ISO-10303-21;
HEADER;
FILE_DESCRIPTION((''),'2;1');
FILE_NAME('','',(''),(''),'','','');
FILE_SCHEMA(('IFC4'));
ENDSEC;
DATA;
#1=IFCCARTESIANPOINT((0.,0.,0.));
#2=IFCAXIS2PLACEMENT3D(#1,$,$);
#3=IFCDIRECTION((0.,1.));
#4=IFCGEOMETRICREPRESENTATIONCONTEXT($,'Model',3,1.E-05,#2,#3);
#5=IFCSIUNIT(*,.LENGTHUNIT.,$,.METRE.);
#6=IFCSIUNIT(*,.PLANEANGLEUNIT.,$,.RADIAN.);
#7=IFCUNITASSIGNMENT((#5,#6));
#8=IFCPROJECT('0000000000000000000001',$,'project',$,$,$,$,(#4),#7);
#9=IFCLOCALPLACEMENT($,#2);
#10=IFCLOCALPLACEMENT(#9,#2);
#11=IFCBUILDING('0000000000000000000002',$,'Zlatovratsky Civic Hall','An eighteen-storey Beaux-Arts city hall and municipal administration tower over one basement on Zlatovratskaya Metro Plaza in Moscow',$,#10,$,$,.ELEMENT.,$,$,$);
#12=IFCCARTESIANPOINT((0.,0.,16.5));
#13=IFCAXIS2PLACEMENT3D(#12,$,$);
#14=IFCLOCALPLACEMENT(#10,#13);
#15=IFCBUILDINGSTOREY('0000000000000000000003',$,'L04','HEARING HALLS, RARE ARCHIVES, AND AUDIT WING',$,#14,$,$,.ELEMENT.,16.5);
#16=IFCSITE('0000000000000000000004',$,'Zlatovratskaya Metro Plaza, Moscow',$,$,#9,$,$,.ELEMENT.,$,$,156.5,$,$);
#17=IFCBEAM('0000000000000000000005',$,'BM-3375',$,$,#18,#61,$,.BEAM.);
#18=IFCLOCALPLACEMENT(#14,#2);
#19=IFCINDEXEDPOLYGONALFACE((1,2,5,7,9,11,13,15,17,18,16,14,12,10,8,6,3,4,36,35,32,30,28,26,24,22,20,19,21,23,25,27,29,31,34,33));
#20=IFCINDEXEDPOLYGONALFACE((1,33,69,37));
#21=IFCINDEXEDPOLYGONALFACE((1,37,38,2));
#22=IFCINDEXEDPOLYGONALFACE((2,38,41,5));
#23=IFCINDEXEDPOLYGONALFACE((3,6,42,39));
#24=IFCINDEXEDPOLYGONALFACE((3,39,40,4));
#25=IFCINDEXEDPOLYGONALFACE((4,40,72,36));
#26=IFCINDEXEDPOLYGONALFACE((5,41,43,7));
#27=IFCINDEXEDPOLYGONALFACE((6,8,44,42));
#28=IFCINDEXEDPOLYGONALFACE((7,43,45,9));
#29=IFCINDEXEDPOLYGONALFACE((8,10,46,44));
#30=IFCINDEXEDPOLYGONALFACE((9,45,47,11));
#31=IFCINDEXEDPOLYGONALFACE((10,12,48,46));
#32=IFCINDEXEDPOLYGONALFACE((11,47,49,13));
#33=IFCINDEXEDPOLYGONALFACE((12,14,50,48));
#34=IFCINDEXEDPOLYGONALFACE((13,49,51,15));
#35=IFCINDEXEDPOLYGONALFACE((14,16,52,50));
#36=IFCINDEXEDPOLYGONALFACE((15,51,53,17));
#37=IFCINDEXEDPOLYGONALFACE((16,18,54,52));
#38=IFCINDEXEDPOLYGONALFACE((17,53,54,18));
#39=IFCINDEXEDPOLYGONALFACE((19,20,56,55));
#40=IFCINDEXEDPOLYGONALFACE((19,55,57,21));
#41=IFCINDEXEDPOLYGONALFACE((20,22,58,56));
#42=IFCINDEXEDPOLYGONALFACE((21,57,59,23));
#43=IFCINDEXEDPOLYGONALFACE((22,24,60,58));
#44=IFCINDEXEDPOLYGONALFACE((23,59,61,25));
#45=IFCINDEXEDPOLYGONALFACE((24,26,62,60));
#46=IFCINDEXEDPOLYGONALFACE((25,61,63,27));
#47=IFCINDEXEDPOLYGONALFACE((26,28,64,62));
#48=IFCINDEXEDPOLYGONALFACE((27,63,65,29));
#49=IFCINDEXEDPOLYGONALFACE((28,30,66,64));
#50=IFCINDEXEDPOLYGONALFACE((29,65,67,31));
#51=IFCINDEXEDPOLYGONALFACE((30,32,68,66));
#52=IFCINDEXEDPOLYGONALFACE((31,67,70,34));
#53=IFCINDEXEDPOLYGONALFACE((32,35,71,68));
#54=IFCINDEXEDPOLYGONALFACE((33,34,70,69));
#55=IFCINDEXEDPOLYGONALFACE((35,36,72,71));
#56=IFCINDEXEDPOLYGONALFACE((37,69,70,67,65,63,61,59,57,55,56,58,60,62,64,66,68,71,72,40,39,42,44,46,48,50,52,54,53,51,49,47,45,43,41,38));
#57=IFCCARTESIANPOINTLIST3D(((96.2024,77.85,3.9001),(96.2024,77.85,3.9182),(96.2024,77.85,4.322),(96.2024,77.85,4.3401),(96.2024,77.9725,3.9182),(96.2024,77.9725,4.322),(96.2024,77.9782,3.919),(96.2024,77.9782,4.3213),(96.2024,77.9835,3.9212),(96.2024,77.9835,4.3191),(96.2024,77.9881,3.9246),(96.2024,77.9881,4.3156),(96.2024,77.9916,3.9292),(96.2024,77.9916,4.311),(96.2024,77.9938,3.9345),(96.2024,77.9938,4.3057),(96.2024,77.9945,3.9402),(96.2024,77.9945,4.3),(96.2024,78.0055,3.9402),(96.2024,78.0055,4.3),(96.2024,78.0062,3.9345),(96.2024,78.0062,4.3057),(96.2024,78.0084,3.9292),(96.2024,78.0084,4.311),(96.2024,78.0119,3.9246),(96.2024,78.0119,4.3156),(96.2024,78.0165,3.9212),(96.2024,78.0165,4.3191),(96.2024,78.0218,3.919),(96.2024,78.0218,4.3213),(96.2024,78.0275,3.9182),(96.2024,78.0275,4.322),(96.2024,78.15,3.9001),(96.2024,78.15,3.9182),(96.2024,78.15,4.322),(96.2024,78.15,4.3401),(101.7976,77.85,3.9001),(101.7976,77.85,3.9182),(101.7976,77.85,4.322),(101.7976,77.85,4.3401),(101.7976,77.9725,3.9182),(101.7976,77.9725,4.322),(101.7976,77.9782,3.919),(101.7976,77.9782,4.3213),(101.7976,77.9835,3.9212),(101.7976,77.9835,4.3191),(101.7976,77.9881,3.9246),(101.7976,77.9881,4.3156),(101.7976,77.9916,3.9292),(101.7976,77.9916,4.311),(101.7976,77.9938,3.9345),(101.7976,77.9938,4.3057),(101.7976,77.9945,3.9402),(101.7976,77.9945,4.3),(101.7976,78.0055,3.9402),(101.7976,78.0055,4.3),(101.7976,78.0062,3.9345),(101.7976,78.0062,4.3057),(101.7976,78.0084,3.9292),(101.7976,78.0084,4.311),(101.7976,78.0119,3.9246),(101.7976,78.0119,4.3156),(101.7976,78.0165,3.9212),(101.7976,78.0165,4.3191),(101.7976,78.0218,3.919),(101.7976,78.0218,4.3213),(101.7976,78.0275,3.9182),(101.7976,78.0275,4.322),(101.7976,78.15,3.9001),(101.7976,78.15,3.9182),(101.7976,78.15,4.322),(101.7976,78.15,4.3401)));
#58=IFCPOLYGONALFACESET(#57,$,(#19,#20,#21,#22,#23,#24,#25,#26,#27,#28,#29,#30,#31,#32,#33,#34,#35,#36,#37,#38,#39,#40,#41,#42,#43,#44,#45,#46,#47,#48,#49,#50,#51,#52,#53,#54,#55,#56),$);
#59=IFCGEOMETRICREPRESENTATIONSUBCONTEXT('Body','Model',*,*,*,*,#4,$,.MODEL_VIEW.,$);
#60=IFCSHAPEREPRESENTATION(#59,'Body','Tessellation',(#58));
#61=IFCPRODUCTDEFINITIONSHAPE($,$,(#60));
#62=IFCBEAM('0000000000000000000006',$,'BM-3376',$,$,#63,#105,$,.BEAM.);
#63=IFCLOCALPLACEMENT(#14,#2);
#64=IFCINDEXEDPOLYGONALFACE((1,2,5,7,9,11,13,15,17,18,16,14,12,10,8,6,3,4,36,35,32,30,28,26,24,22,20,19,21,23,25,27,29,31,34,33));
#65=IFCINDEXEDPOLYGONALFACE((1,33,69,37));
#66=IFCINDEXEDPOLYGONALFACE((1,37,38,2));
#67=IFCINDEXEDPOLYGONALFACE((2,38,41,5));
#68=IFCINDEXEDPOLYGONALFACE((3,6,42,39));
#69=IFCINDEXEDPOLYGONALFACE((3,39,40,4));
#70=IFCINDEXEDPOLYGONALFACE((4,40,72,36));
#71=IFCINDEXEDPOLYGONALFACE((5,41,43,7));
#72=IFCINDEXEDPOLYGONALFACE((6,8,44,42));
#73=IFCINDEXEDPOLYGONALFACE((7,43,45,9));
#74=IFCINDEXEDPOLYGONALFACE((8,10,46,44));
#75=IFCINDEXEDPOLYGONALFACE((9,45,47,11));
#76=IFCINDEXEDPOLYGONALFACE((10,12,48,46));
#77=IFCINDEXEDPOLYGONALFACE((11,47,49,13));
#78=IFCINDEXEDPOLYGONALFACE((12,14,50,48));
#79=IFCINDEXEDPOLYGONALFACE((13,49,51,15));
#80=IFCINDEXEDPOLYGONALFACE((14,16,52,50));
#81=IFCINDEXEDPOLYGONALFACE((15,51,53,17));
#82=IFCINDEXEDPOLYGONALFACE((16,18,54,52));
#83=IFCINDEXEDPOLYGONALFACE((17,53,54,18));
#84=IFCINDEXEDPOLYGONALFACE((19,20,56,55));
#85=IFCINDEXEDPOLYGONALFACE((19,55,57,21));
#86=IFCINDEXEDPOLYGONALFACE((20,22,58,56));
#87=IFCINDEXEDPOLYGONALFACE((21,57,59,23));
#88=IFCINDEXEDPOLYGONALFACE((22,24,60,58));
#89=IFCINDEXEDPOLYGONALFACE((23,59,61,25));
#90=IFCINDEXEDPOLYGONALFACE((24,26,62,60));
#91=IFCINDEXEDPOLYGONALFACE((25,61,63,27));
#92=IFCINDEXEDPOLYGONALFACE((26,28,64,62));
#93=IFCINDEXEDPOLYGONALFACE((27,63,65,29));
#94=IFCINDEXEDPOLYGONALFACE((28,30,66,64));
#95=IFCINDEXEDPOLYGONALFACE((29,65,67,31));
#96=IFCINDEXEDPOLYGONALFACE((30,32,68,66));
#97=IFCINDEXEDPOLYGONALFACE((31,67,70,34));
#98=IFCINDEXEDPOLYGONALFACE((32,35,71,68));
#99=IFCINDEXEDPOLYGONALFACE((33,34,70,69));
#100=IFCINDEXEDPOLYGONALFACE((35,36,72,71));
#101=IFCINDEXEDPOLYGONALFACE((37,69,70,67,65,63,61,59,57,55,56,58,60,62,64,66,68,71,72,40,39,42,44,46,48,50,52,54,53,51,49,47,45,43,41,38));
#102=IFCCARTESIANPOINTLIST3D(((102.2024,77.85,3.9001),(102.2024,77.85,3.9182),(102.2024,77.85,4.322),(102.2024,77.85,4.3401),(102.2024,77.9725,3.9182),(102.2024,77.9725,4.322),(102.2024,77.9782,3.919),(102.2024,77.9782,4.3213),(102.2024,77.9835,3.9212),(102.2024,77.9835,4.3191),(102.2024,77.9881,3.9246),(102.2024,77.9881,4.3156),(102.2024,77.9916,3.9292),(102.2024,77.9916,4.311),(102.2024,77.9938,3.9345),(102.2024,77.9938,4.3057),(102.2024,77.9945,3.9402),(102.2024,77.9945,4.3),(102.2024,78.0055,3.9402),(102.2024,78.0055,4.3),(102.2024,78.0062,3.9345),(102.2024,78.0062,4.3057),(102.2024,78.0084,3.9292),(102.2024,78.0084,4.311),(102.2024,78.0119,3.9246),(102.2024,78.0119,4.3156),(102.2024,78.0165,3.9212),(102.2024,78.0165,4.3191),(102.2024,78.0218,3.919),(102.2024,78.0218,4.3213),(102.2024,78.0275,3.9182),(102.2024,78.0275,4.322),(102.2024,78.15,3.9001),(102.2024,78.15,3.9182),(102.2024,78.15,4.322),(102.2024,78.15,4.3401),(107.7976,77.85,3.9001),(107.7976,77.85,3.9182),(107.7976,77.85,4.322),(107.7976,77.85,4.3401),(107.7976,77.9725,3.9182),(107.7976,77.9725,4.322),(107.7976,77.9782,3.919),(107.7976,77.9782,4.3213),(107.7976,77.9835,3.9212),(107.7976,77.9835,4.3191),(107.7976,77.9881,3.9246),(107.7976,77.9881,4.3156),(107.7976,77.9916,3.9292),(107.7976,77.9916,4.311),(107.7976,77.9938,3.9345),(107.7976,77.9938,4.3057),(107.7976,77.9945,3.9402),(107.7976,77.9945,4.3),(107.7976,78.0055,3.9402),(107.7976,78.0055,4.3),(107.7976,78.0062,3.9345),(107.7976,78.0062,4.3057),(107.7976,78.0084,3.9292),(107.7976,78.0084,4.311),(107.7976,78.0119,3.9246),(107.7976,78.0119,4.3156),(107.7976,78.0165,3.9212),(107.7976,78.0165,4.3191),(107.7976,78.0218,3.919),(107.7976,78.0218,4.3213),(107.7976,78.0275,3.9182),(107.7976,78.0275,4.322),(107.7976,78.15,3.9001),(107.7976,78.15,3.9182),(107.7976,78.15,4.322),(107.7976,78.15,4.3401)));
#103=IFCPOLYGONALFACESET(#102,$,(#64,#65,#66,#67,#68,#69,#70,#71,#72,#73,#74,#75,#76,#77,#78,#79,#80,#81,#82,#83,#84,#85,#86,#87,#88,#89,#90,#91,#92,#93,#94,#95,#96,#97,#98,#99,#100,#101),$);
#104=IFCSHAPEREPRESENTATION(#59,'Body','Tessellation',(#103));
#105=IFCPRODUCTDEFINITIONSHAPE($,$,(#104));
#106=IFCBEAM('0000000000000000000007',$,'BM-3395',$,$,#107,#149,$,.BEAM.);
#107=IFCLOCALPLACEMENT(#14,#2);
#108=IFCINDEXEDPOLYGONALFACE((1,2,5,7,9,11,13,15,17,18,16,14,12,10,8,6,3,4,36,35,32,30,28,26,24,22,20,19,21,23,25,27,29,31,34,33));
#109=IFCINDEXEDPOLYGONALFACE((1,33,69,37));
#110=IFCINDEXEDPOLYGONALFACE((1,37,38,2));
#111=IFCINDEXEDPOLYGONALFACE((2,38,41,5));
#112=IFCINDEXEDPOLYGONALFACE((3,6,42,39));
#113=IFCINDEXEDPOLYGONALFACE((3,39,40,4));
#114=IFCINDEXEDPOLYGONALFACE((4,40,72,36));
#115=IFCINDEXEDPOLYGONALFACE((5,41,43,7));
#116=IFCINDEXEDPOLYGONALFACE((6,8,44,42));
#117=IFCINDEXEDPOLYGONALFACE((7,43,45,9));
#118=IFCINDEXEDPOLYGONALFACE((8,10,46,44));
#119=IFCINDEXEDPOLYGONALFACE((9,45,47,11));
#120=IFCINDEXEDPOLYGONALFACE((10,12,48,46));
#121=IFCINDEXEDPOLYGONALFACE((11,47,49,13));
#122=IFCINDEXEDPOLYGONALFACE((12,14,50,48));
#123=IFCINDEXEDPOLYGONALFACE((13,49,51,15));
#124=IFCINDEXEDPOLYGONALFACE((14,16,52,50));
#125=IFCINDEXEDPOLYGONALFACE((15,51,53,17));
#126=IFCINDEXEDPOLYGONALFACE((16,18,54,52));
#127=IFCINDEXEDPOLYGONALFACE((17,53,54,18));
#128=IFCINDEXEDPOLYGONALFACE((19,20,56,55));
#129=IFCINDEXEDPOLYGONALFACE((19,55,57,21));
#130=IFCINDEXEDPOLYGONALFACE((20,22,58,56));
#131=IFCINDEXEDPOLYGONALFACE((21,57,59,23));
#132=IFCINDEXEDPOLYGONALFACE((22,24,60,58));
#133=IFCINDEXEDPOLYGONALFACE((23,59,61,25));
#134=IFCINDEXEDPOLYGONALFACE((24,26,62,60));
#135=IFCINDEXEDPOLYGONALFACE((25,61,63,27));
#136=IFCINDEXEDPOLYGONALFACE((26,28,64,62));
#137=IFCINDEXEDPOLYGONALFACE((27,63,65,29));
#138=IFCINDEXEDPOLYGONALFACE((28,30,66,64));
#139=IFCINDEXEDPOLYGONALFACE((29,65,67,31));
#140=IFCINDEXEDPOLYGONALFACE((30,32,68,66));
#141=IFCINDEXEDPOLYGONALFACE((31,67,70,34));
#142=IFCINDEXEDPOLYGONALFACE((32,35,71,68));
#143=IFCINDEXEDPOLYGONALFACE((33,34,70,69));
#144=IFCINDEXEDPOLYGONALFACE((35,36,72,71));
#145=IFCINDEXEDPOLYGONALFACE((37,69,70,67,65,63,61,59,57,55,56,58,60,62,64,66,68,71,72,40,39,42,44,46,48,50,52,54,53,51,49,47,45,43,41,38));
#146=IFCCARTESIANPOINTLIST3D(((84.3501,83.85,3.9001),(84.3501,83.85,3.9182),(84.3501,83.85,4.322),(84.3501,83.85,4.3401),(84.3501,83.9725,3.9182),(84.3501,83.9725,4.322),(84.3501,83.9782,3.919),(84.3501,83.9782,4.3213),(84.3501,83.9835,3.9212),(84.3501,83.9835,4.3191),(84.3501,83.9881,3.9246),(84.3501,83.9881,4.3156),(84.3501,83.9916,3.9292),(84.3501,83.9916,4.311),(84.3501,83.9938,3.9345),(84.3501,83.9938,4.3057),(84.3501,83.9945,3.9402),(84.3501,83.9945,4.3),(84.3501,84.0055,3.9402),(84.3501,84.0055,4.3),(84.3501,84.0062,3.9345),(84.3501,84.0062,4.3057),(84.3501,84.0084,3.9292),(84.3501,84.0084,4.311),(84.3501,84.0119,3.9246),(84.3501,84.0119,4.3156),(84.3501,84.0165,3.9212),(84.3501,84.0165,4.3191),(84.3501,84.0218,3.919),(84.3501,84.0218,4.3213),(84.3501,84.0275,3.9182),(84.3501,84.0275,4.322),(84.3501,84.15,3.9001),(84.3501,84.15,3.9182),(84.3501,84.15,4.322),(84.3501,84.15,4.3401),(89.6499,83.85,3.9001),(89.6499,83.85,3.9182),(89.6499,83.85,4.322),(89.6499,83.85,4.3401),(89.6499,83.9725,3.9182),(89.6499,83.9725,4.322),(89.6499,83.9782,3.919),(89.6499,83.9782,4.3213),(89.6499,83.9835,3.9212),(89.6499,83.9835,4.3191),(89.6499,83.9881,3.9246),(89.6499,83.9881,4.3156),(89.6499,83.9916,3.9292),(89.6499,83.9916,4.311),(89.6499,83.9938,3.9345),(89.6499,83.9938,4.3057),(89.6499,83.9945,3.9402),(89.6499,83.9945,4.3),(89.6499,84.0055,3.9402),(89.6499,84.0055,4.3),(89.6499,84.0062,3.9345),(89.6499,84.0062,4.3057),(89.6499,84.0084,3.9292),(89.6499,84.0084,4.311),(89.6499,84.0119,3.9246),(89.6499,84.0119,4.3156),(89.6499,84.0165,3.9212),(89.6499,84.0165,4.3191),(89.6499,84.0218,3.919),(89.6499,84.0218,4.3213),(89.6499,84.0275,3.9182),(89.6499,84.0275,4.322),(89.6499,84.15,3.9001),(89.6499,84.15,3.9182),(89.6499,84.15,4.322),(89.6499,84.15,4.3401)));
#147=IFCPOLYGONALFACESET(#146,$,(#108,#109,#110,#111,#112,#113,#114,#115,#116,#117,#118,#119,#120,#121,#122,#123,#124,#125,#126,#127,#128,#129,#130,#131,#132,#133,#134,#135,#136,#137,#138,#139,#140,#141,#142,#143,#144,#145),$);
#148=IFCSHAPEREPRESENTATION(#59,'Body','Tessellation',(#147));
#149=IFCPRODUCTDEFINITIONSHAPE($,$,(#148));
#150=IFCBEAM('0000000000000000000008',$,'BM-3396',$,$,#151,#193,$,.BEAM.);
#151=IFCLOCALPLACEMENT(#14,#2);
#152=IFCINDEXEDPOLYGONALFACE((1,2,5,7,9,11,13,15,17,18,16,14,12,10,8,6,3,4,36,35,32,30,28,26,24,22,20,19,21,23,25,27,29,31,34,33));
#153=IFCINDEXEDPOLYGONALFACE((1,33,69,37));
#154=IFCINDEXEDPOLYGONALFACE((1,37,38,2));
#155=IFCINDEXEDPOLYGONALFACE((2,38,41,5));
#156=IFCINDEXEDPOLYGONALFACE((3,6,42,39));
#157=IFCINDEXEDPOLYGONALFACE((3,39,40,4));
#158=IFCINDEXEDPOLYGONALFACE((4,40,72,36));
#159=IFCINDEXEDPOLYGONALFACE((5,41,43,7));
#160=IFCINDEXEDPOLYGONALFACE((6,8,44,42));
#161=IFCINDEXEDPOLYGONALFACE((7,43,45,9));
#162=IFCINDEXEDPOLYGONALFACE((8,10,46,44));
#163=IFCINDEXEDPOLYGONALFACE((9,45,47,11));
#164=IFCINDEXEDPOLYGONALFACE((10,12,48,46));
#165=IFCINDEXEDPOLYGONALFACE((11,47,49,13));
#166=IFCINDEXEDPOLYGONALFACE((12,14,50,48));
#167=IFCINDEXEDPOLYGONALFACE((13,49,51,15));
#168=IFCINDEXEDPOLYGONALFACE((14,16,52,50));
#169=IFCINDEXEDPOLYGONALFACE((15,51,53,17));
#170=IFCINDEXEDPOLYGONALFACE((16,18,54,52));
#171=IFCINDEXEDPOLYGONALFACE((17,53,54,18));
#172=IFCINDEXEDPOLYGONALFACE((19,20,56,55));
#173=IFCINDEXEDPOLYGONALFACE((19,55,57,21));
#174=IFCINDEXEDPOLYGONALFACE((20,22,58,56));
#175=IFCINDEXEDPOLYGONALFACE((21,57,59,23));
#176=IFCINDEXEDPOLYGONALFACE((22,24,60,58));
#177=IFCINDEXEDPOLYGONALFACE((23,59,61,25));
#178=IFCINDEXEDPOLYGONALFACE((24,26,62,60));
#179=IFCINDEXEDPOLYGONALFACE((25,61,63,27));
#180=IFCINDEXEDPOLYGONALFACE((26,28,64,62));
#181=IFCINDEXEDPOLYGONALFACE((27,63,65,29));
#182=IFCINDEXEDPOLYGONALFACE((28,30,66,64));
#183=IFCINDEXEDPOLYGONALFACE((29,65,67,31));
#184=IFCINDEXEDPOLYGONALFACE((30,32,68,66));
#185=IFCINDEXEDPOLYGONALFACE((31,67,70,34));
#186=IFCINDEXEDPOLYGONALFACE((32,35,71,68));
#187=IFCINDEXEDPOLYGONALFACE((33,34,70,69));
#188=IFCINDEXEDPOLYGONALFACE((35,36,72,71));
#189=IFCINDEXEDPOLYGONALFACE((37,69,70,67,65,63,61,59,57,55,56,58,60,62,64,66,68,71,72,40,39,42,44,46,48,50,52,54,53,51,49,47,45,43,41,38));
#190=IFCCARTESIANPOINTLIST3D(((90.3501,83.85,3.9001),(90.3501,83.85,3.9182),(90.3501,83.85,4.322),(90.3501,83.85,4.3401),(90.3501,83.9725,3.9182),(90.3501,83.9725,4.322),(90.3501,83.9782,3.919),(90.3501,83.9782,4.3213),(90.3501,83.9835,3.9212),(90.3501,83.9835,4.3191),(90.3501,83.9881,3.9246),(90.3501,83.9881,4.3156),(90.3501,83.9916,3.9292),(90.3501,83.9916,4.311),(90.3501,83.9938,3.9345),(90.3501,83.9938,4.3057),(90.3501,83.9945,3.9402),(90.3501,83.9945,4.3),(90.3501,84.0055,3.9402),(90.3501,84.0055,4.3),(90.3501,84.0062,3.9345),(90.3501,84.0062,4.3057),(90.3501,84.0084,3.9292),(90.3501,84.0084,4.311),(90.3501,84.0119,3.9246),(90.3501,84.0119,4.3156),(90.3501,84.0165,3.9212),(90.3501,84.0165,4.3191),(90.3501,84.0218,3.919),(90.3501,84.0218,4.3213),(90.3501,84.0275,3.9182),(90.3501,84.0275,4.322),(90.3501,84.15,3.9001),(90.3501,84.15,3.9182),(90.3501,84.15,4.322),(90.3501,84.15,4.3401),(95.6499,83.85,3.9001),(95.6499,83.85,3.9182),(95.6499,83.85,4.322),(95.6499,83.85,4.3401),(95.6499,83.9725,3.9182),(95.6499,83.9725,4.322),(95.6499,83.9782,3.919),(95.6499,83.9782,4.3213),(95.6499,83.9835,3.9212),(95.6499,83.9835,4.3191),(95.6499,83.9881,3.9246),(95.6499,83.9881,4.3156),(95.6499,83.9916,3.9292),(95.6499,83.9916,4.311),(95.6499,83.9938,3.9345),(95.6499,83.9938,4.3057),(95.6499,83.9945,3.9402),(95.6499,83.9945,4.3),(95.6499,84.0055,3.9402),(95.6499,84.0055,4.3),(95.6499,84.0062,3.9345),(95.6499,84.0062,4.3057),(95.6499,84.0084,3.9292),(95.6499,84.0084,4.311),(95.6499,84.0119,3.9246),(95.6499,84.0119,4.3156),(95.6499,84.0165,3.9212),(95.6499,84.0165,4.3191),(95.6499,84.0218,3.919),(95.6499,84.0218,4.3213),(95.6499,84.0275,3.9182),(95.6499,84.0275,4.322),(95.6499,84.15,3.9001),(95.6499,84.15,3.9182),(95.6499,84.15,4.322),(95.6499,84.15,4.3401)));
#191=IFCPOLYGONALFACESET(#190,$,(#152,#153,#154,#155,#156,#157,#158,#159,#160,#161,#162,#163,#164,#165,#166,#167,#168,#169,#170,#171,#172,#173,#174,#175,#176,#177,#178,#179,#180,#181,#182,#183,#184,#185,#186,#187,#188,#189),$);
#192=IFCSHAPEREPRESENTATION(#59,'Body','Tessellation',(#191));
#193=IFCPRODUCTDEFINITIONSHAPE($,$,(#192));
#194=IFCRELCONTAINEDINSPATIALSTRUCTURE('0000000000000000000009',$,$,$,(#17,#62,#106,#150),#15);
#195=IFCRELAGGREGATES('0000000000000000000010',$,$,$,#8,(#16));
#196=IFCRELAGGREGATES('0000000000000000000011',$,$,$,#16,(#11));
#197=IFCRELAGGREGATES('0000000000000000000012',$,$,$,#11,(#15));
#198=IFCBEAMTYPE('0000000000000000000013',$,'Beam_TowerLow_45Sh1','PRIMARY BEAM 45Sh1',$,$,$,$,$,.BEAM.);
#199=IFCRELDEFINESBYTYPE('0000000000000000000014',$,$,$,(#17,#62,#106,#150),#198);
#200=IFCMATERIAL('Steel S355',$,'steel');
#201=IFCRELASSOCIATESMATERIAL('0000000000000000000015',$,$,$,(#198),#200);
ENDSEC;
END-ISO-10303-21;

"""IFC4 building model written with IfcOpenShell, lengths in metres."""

from ifc_helpers import new_model, si_unit, direction, frame, origin, origin_2d, place, context, subcontext, project, spatial, i_section, extrude, material, material_profile, profile_set, type_object, element, save


model = new_model("IFC4")

# Units and contexts
model_context = context("Model", 3, precision=1e-05, world=origin(), true_north=direction((0.0, 1.0)))
body_context = subcontext(model_context, "Body", "Model", "MODEL_VIEW")
ifc_project = project(units=[si_unit("LENGTHUNIT", "METRE"), si_unit("PLANEANGLEUNIT", "RADIAN")], contexts=[model_context])

# Site, building, storey
site_placement = place(None, origin())
site = spatial("IfcSite", under=ifc_project, at=site_placement, Name="Zlatovratskaya Metro Plaza, Moscow", CompositionType="ELEMENT", RefElevation=156.5)
building_placement = place(site_placement, origin())
building = spatial("IfcBuilding", under=site, at=building_placement, Name="Zlatovratsky Civic Hall", Description="An eighteen-storey Beaux-Arts city hall and municipal administration tower over one basement on Zlatovratskaya Metro Plaza in Moscow", CompositionType="ELEMENT")
storey_placement = place(building_placement, frame((0.0, 0.0, 16.5)))
storey = spatial("IfcBuildingStorey", under=building, at=storey_placement, Name="L04", Description="HEARING HALLS, RARE ARCHIVES, AND AUDIT WING", CompositionType="ELEMENT", Elevation=16.5)

# Shared definitions
ifc_material_1 = material(Name="Steel S355", Category="steel")

# Beams
ifc_material_profile_1 = material_profile(ifc_material_1, i_section(OverallWidth=0.3, OverallDepth=0.4399, WebThickness=0.011, FlangeThickness=0.0181, FilletRadius=0.022, at=origin_2d()), Name="45Sh1")
ifc_profile_set_1 = profile_set([ifc_material_profile_1], Name="Steel S355")
beam_type = type_object("IfcBeamType", Name="Beam_TowerLow_45Sh1", Description="PRIMARY BEAM 45Sh1", PredefinedType="BEAM", material=ifc_profile_set_1)
for number, where, z_axis, x_axis, name in (
    (1, (96.2024, 78.0, 4.1201), (1.0, 0.0, 0.0), (0.0, 1.0, 0.0), "BM-3375"),
    (2, (102.2024, 78.0, 4.1201), (1.0, 0.0, 0.0), (0.0, 1.0, 0.0), "BM-3376"),
):
    element("IfcBeam", number, at=place(storey_placement, frame(where, z_axis=z_axis, x_axis=x_axis)), inside=storey, type_object=beam_type, Name=name, PredefinedType="BEAM", context=body_context, shape_type="SweptSolid", body=[
        extrude(i_section(OverallWidth=0.3, OverallDepth=0.4399, WebThickness=0.011, FlangeThickness=0.0181, FilletRadius=0.022, at=origin_2d()), origin(), (0.0, 0.0, 1.0), 5.5952),
    ])
for number, where, z_axis, x_axis, name in (
    (3, (84.3501, 84.0, 4.1201), (1.0, 0.0, 0.0), (0.0, 1.0, 0.0), "BM-3395"),
    (4, (90.3501, 84.0, 4.1201), (1.0, 0.0, 0.0), (0.0, 1.0, 0.0), "BM-3396"),
):
    element("IfcBeam", number, at=place(storey_placement, frame(where, z_axis=z_axis, x_axis=x_axis)), inside=storey, type_object=beam_type, Name=name, PredefinedType="BEAM", context=body_context, shape_type="SweptSolid", body=[
        extrude(i_section(OverallWidth=0.3, OverallDepth=0.4399, WebThickness=0.011, FlangeThickness=0.0181, FilletRadius=0.022, at=origin_2d()), origin(), (0.0, 0.0, 1.0), 5.2998),
    ])

save(model, "model.ifc")
